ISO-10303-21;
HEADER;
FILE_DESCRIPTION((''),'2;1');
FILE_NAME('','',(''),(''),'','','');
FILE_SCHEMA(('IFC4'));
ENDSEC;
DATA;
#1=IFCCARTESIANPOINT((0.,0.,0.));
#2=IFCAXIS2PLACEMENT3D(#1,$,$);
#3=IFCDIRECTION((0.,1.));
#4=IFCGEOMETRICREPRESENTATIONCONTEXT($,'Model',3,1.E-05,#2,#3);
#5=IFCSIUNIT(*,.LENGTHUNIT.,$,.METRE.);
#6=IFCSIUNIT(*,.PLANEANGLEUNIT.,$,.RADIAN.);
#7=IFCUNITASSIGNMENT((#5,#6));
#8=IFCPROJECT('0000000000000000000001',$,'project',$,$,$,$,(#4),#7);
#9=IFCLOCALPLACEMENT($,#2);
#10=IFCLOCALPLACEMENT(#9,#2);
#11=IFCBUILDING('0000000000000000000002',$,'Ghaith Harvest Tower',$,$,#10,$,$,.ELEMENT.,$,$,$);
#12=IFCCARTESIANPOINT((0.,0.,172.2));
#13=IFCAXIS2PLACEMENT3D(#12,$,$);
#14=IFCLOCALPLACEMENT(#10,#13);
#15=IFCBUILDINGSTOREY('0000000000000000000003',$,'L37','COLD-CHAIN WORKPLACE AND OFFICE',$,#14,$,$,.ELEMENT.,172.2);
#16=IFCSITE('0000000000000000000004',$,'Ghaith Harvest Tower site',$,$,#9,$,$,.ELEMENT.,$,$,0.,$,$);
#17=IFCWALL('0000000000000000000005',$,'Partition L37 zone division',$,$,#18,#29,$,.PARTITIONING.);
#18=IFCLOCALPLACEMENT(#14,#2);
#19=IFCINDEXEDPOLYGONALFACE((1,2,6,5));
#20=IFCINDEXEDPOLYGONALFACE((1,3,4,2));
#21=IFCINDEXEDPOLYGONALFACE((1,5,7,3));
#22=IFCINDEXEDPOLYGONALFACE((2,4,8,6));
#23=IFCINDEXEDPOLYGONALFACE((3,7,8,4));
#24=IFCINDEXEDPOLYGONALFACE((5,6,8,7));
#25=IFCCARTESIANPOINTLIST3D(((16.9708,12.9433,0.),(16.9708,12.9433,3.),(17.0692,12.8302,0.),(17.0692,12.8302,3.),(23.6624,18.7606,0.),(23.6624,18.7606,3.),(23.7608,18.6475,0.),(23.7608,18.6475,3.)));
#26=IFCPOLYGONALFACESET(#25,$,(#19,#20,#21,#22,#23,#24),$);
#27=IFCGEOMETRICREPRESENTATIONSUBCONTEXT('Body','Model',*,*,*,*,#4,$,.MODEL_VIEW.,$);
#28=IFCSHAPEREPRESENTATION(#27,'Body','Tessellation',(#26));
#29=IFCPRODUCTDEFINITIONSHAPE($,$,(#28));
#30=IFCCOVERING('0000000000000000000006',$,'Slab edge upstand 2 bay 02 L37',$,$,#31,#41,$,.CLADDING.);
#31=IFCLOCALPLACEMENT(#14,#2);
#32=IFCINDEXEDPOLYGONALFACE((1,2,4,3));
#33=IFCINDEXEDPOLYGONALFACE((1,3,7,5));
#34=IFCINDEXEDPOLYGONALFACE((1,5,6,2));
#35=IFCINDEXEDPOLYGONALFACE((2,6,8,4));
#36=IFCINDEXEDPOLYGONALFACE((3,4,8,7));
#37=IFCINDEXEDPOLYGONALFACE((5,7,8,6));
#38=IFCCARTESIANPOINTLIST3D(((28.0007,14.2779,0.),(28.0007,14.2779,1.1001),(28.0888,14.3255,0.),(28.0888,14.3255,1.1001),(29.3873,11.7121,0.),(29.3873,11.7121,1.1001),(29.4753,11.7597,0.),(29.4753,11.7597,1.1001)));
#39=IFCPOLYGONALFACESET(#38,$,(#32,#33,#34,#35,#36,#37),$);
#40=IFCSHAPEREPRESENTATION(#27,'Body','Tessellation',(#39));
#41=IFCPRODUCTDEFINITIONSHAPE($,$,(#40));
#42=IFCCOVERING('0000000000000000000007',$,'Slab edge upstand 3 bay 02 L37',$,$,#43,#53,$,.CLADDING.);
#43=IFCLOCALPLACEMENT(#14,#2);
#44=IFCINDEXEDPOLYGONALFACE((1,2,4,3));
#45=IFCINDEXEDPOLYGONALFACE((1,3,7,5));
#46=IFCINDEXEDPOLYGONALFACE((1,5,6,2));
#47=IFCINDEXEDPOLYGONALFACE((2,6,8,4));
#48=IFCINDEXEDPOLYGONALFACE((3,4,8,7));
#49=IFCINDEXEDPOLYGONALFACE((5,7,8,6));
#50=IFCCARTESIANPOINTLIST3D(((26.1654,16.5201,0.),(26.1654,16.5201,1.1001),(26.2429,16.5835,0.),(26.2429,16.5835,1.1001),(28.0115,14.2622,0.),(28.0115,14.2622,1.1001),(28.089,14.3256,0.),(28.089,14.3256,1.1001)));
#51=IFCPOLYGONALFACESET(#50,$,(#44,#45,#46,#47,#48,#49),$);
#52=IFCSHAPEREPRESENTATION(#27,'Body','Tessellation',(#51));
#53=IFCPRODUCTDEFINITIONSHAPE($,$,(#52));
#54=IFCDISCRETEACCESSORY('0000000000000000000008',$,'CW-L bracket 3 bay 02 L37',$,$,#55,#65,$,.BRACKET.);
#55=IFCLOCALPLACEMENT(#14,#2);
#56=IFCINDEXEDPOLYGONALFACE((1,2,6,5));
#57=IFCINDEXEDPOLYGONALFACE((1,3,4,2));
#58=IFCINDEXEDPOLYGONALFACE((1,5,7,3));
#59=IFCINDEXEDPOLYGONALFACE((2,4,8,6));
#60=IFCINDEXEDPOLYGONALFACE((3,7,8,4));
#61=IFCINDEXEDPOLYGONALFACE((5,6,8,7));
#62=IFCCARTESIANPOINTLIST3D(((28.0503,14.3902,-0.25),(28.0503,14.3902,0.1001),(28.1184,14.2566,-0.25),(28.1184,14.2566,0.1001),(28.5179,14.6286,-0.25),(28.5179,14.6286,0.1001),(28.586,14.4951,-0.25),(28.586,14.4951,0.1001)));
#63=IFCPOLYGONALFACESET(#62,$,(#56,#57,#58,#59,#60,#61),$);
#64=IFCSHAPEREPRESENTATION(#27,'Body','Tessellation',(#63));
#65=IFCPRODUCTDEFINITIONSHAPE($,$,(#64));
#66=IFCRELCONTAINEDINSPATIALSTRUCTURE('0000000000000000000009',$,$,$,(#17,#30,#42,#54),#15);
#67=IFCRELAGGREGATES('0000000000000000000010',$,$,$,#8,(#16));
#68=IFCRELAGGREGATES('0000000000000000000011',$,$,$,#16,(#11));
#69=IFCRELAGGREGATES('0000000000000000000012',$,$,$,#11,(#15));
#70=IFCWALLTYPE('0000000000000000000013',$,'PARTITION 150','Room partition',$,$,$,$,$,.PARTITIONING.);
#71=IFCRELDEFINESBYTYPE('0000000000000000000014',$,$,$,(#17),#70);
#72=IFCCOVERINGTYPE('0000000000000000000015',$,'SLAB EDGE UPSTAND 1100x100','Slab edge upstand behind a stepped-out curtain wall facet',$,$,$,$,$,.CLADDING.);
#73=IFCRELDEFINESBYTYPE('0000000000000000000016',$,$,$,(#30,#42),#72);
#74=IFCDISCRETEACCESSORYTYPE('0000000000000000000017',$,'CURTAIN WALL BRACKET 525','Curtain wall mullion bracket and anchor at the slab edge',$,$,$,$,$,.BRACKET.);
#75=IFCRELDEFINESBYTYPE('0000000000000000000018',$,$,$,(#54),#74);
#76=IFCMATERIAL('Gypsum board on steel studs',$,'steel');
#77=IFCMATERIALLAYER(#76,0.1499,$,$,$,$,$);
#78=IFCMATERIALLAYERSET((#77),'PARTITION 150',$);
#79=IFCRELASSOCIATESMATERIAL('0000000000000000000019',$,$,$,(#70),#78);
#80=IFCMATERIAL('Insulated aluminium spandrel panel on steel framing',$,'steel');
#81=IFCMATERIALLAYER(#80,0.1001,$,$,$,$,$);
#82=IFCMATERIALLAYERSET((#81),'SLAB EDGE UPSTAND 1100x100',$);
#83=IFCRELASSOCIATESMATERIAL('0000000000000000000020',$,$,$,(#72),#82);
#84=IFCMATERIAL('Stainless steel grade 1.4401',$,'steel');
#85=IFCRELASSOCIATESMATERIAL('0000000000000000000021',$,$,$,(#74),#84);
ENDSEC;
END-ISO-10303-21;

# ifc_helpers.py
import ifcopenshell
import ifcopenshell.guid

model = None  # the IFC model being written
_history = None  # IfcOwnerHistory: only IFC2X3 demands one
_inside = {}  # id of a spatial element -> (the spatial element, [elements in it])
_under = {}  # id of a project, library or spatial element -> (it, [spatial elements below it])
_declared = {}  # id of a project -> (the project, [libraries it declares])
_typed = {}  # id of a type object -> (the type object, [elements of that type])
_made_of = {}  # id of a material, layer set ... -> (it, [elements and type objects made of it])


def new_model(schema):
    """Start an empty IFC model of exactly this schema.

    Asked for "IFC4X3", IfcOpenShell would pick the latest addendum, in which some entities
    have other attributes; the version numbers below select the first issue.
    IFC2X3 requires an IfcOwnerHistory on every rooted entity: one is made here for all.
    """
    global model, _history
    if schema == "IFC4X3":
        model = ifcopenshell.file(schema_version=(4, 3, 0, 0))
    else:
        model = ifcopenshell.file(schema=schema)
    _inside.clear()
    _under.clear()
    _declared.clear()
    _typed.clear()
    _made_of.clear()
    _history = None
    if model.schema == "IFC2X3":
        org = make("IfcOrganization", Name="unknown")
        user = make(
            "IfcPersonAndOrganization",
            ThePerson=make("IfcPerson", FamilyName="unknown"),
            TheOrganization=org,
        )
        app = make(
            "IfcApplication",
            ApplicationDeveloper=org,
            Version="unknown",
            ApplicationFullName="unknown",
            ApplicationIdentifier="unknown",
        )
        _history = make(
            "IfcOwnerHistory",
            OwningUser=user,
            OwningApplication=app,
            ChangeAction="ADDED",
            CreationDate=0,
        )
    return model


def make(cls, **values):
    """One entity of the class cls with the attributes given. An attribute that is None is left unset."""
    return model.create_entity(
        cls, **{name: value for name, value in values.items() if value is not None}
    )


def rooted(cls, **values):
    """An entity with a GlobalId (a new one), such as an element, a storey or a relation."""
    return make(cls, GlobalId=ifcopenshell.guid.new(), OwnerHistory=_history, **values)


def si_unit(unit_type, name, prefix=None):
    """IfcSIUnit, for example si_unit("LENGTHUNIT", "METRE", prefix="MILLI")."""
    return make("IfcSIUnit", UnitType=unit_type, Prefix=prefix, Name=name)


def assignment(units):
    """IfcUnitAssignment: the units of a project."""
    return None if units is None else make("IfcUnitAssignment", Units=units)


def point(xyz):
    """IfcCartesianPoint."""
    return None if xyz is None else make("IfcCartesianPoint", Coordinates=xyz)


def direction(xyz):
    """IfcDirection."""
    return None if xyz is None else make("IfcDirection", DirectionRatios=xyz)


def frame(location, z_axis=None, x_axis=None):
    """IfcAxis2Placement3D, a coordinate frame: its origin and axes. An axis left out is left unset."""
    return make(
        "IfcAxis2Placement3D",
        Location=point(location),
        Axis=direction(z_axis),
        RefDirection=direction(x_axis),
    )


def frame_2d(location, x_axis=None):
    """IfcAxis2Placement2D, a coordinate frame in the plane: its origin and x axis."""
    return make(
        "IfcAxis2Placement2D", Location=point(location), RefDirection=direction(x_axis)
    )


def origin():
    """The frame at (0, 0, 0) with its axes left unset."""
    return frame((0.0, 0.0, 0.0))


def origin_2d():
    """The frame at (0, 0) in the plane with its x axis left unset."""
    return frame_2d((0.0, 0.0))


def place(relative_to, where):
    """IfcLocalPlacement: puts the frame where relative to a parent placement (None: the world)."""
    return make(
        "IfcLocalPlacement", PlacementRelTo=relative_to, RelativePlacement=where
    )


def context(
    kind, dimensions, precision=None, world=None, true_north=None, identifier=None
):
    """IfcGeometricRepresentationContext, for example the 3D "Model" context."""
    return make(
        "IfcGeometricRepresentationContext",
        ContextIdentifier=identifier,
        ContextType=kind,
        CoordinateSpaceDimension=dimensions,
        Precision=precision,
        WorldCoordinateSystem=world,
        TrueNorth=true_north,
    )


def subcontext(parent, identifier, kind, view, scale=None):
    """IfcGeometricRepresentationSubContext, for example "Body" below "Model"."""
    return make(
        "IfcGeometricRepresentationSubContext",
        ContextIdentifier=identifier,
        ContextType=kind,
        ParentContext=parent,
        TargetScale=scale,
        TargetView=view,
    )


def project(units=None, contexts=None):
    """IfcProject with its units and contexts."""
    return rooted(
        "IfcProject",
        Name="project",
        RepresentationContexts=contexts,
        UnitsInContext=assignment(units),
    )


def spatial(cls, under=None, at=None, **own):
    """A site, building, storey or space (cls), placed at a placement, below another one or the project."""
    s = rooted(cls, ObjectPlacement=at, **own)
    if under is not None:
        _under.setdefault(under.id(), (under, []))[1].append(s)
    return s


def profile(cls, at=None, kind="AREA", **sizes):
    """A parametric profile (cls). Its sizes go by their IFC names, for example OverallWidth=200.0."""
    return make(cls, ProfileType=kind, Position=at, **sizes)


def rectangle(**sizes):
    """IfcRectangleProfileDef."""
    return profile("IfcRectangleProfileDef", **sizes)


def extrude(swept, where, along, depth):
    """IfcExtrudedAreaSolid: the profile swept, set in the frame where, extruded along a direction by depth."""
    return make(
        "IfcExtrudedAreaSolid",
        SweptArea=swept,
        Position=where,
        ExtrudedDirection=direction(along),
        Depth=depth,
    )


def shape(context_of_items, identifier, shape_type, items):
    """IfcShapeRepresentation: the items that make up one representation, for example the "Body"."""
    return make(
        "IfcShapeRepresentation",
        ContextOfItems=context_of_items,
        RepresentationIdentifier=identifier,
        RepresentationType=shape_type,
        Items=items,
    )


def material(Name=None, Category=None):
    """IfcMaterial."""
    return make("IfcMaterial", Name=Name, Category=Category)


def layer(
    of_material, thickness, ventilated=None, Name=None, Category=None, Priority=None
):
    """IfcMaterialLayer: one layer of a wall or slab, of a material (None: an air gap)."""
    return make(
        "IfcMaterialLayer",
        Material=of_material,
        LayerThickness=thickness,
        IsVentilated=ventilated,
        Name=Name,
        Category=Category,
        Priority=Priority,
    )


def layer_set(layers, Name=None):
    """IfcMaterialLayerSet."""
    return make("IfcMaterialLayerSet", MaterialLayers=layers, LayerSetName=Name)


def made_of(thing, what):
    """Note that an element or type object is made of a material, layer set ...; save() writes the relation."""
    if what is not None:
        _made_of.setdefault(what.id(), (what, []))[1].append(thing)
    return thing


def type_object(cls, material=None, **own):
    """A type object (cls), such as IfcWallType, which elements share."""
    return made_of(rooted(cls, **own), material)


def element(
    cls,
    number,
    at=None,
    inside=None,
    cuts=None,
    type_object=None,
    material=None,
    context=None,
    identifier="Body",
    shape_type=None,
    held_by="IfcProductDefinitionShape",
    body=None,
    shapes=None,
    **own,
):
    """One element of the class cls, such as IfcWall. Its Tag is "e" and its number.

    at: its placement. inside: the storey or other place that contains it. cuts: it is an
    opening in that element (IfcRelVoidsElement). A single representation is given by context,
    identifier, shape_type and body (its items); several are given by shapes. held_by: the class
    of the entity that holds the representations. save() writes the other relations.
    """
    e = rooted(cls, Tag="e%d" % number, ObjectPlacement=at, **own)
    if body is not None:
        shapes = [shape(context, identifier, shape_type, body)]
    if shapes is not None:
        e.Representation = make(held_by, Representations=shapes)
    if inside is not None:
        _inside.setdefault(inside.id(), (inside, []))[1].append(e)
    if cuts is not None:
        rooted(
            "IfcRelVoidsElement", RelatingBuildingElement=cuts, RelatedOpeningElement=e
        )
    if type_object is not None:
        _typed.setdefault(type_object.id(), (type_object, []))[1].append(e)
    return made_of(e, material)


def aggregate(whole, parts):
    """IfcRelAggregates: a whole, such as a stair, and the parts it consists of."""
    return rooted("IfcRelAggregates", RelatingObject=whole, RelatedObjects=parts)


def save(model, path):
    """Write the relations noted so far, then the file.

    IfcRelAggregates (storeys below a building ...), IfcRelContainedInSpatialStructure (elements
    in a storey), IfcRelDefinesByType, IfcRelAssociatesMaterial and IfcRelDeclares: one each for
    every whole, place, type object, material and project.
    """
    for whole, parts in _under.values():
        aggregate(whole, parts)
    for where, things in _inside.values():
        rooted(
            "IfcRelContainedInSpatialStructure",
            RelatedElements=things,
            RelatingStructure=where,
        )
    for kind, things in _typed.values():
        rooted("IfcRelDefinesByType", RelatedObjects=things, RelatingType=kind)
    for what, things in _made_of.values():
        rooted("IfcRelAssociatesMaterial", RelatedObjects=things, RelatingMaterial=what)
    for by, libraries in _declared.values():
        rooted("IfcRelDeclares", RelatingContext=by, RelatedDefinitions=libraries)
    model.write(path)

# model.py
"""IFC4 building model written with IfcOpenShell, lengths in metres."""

from ifc_helpers import new_model, si_unit, direction, frame, frame_2d, origin, origin_2d, place, context, subcontext, project, spatial, rectangle, extrude, material, layer, layer_set, type_object, element, save


model = new_model("IFC4")

# Units and contexts
model_context = context("Model", 3, precision=1e-05, world=origin(), true_north=direction((0.0, 1.0)))
body_context = subcontext(model_context, "Body", "Model", "MODEL_VIEW")
ifc_project = project(units=[si_unit("LENGTHUNIT", "METRE"), si_unit("PLANEANGLEUNIT", "RADIAN")], contexts=[model_context])

# Site, building, storey
site_placement = place(None, origin())
site = spatial("IfcSite", under=ifc_project, at=site_placement, Name="Ghaith Harvest Tower site", CompositionType="ELEMENT", RefElevation=0.0)
building_placement = place(site_placement, origin())
building = spatial("IfcBuilding", under=site, at=building_placement, Name="Ghaith Harvest Tower", CompositionType="ELEMENT")
storey_placement = place(building_placement, frame((0.0, 0.0, 172.2)))
storey = spatial("IfcBuildingStorey", under=building, at=storey_placement, Name="L37", Description="COLD-CHAIN WORKPLACE AND OFFICE", CompositionType="ELEMENT", Elevation=172.2)

# Wall
ifc_material_1 = material(Name="Gypsum board on steel studs", Category="steel")
ifc_layer_1 = layer(ifc_material_1, 0.1499)
ifc_layer_set_1 = layer_set([ifc_layer_1], Name="PARTITION 150")
wall_type = type_object("IfcWallType", Name="PARTITION 150", Description="Room partition", PredefinedType="PARTITIONING", material=ifc_layer_set_1)
wall_1_placement = place(storey_placement, frame((17.02, 12.8867, 0.0), z_axis=(0.0, 0.0, 1.0), x_axis=(0.754686, 0.656086, 0.0)))
element("IfcWall", 1, at=wall_1_placement, inside=storey, type_object=wall_type, Name="Partition L37 zone division", PredefinedType="PARTITIONING", context=body_context, shape_type="SweptSolid", body=[
    extrude(rectangle(XDim=8.8667, YDim=0.1499, at=frame_2d((4.4333, 0.0))), origin(), (0.0, 0.0, 1.0), 3.0),
])

# Coverings
ifc_material_2 = material(Name="Insulated aluminium spandrel panel on steel framing", Category="steel")
ifc_layer_2 = layer(ifc_material_2, 0.1001)
ifc_layer_set_2 = layer_set([ifc_layer_2], Name="SLAB EDGE UPSTAND 1100x100")
covering_type = type_object("IfcCoveringType", Name="SLAB EDGE UPSTAND 1100x100", Description="Slab edge upstand behind a stepped-out curtain wall facet", PredefinedType="CLADDING", material=ifc_layer_set_2)
for number, where, z_axis, x_axis, name in (
    (2, (28.738, 13.0188, 0.0), (0.0, 0.0, 1.0), (-0.475409, 0.879765, 0.0), "Slab edge upstand 2 bay 02 L37"),
    (3, (27.1272, 15.4229, 0.0), (0.0, 0.0, 1.0), (-0.63297, 0.774177, 0.0), "Slab edge upstand 3 bay 02 L37"),
):
    element("IfcCovering", number, at=place(storey_placement, frame(where, z_axis=z_axis, x_axis=x_axis)), inside=storey, type_object=covering_type, Name=name, PredefinedType="CLADDING", context=body_context, shape_type="SweptSolid", body=[
        extrude(rectangle(XDim=2.9165, YDim=0.1001, at=origin_2d()), origin(), (0.0, 0.0, 1.0), 1.1001),
    ])

# Discrete accessory
ifc_material_3 = material(Name="Stainless steel grade 1.4401", Category="steel")
discrete_accessory_type = type_object("IfcDiscreteAccessoryType", Name="CURTAIN WALL BRACKET 525", Description="Curtain wall mullion bracket and anchor at the slab edge", PredefinedType="BRACKET", material=ifc_material_3)
discrete_accessory_placement = place(storey_placement, frame((28.3181, 14.4426, -0.25), z_axis=(0.0, 0.0, 1.0), x_axis=(0.890831, 0.454335, 0.0)))
element("IfcDiscreteAccessory", 4, at=discrete_accessory_placement, inside=storey, type_object=discrete_accessory_type, Name="CW-L bracket 3 bay 02 L37", PredefinedType="BRACKET", context=body_context, shape_type="SweptSolid", body=[
    extrude(rectangle(XDim=0.5249, YDim=0.1499, at=origin_2d()), origin(), (0.0, 0.0, 1.0), 0.3501),
])

save(model, "model.ifc")
